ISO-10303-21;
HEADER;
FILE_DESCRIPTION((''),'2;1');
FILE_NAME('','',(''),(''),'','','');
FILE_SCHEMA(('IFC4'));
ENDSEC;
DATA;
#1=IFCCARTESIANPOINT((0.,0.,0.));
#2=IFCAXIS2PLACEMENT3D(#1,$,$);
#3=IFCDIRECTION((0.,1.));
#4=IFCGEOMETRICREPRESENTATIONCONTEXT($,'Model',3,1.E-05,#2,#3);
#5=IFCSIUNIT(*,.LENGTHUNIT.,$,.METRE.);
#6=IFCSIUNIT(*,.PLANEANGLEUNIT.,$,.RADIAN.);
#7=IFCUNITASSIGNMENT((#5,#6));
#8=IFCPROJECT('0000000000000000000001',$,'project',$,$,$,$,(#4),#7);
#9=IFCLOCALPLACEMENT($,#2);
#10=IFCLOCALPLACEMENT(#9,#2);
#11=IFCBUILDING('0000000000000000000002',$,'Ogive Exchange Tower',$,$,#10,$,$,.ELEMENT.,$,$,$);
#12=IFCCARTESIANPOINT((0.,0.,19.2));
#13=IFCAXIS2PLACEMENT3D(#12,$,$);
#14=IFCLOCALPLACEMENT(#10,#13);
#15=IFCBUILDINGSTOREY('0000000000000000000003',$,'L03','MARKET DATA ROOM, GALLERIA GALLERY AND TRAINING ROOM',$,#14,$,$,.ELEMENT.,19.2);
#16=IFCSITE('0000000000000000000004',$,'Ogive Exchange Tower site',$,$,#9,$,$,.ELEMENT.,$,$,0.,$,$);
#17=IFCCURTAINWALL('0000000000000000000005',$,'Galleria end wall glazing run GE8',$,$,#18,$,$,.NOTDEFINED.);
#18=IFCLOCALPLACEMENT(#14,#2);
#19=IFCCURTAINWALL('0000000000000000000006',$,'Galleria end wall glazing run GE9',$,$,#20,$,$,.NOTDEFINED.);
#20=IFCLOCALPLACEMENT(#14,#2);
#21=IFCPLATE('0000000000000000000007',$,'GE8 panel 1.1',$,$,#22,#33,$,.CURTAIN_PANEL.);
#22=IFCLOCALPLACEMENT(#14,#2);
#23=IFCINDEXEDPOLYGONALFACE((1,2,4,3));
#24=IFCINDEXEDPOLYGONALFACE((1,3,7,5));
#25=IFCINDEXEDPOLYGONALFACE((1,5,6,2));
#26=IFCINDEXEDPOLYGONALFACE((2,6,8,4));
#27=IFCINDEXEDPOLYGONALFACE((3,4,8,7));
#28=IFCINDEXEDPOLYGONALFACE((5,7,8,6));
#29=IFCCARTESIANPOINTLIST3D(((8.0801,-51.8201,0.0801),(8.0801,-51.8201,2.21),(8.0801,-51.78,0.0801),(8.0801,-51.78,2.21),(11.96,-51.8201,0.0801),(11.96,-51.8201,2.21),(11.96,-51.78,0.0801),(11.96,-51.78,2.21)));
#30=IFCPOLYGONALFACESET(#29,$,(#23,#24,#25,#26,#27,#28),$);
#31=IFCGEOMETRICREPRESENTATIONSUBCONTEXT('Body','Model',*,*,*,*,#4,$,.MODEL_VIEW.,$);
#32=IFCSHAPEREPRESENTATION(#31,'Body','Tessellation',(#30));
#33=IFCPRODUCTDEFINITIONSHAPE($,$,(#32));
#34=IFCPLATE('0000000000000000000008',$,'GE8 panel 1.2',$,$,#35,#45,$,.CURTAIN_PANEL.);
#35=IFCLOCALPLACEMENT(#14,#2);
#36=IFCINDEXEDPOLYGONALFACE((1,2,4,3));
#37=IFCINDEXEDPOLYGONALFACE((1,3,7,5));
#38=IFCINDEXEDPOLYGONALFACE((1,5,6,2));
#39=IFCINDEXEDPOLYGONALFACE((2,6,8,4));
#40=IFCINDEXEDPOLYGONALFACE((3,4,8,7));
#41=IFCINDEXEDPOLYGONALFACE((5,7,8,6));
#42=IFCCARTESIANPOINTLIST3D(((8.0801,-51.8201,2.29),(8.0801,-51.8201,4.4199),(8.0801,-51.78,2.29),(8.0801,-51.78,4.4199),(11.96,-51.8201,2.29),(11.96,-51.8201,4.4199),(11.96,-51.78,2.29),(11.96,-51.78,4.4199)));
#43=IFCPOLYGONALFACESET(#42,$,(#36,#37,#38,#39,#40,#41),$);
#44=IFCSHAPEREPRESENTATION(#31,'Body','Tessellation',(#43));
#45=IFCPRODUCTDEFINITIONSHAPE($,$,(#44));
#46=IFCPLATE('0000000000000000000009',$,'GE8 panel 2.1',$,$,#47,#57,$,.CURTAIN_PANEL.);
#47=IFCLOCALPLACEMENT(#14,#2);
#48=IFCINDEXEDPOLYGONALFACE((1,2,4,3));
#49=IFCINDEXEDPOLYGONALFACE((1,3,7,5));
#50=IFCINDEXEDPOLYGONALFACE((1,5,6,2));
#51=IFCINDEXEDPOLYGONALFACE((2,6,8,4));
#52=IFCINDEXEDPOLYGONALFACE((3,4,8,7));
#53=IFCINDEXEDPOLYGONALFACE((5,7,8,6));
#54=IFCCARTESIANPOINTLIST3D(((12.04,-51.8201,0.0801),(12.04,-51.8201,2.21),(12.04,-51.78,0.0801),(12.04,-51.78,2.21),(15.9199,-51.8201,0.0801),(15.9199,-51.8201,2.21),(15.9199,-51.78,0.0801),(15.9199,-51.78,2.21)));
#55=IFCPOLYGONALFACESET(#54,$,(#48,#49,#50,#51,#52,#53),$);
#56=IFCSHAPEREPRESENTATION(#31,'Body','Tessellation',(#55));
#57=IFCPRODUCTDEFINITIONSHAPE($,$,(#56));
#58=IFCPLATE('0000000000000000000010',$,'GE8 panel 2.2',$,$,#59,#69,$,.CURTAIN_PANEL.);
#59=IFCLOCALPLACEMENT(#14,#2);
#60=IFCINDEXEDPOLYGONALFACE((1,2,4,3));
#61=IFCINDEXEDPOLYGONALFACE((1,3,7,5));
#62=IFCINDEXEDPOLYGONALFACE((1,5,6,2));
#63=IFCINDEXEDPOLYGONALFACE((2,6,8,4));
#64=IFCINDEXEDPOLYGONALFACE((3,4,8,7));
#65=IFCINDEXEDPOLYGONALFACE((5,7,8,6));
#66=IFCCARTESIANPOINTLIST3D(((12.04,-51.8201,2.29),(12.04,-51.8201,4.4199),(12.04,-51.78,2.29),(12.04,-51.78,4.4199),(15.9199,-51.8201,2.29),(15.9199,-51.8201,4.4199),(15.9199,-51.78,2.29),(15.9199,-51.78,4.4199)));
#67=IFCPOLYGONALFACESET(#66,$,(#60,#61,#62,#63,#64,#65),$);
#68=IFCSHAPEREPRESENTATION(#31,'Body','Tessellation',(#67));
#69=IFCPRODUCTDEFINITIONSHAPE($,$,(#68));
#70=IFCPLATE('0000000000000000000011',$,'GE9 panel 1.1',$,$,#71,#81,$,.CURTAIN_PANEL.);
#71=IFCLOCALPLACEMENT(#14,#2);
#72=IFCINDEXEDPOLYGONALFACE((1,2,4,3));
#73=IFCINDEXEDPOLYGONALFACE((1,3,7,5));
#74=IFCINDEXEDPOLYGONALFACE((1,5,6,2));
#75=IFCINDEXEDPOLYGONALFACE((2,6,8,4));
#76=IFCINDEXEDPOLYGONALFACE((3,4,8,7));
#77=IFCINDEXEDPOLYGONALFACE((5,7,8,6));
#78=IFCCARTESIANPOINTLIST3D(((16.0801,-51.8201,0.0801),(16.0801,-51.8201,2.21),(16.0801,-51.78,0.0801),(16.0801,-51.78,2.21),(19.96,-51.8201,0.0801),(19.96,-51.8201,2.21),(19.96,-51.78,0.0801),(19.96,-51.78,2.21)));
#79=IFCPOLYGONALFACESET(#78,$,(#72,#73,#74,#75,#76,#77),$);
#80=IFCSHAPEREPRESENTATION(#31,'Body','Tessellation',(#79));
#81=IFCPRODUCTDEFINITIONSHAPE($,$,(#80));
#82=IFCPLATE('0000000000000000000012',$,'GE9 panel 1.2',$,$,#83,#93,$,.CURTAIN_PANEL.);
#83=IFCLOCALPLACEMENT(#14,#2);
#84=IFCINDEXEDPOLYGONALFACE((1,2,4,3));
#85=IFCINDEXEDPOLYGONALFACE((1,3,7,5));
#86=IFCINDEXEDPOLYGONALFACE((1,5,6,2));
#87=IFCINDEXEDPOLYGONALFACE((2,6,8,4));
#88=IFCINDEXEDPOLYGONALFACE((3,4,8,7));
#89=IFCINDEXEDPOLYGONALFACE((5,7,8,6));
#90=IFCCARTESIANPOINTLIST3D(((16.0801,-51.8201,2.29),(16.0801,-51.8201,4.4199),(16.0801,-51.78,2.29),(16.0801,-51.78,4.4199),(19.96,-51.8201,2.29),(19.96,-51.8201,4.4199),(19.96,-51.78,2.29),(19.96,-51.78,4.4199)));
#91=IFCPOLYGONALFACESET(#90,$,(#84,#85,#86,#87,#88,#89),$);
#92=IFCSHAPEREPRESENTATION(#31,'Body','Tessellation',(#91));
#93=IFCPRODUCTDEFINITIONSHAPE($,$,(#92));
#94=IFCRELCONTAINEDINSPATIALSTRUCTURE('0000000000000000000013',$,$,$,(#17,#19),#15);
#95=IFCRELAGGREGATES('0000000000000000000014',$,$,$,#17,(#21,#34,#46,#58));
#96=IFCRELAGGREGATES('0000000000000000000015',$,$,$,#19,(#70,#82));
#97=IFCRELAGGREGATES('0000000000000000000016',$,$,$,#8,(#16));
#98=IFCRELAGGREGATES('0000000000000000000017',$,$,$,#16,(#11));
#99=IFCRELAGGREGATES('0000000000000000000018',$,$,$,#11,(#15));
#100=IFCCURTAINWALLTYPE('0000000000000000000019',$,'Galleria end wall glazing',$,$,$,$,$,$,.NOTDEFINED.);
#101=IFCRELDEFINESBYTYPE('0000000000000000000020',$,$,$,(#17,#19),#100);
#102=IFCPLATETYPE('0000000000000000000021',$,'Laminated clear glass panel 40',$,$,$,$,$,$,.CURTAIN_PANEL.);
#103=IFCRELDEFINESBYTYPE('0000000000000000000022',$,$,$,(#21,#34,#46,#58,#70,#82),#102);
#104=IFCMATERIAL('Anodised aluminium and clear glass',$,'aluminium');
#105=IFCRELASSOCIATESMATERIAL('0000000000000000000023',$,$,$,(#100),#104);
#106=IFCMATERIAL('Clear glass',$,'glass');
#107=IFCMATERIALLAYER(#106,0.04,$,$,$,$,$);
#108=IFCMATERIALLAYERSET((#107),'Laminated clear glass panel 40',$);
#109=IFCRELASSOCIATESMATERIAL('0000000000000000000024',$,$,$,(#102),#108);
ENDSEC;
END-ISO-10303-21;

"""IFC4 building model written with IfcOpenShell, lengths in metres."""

from ifc_helpers import new_model, si_unit, direction, frame, origin, origin_2d, place, context, subcontext, project, spatial, rectangle, extrude, material, layer, layer_set, type_object, element, aggregate, save


model = new_model("IFC4")

# Units and contexts
model_context = context("Model", 3, precision=1e-05, world=origin(), true_north=direction((0.0, 1.0)))
body_context = subcontext(model_context, "Body", "Model", "MODEL_VIEW")
ifc_project = project(units=[si_unit("LENGTHUNIT", "METRE"), si_unit("PLANEANGLEUNIT", "RADIAN")], contexts=[model_context])

# Site, building, storey
site_placement = place(None, origin())
site = spatial("IfcSite", under=ifc_project, at=site_placement, Name="Ogive Exchange Tower site", CompositionType="ELEMENT", RefElevation=0.0)
building_placement = place(site_placement, origin())
building = spatial("IfcBuilding", under=site, at=building_placement, Name="Ogive Exchange Tower", CompositionType="ELEMENT")
storey_placement = place(building_placement, frame((0.0, 0.0, 19.2)))
storey = spatial("IfcBuildingStorey", under=building, at=storey_placement, Name="L03", Description="MARKET DATA ROOM, GALLERIA GALLERY AND TRAINING ROOM", CompositionType="ELEMENT", Elevation=19.2)

# Curtain walls
ifc_material_1 = material(Name="Anodised aluminium and clear glass", Category="aluminium")
curtain_wall_type = type_object("IfcCurtainWallType", Name="Galleria end wall glazing", PredefinedType="NOTDEFINED", material=ifc_material_1)
curtain_wall_1_placement = place(storey_placement, origin())
curtain_wall_1 = element("IfcCurtainWall", 1, at=curtain_wall_1_placement, inside=storey, type_object=curtain_wall_type, Name="Galleria end wall glazing run GE8", PredefinedType="NOTDEFINED")
curtain_wall_2_placement = place(storey_placement, origin())
curtain_wall_2 = element("IfcCurtainWall", 2, at=curtain_wall_2_placement, inside=storey, type_object=curtain_wall_type, Name="Galleria end wall glazing run GE9", PredefinedType="NOTDEFINED")

# Plates
ifc_material_2 = material(Name="Clear glass", Category="glass")
ifc_layer = layer(ifc_material_2, 0.04)
ifc_layer_set = layer_set([ifc_layer], Name="Laminated clear glass panel 40")
plate_type = type_object("IfcPlateType", Name="Laminated clear glass panel 40", PredefinedType="CURTAIN_PANEL", material=ifc_layer_set)
plate_1_placement = place(storey_placement, frame((10.02, -51.8, 0.0801), z_axis=(0.0, 0.0, 1.0), x_axis=(1.0, 0.0, 0.0)))
plate_1 = element("IfcPlate", 3, at=plate_1_placement, type_object=plate_type, Name="GE8 panel 1.1", PredefinedType="CURTAIN_PANEL", context=body_context, shape_type="SweptSolid", body=[
    extrude(rectangle(XDim=3.8799, YDim=0.04, at=origin_2d()), origin(), (0.0, 0.0, 1.0), 2.1299),
])
plate_2_placement = place(storey_placement, frame((10.02, -51.8, 2.29), z_axis=(0.0, 0.0, 1.0), x_axis=(1.0, 0.0, 0.0)))
plate_2 = element("IfcPlate", 4, at=plate_2_placement, type_object=plate_type, Name="GE8 panel 1.2", PredefinedType="CURTAIN_PANEL", context=body_context, shape_type="SweptSolid", body=[
    extrude(rectangle(XDim=3.8799, YDim=0.04, at=origin_2d()), origin(), (0.0, 0.0, 1.0), 2.1299),
])
plate_3_placement = place(storey_placement, frame((13.98, -51.8, 0.0801), z_axis=(0.0, 0.0, 1.0), x_axis=(1.0, 0.0, 0.0)))
plate_3 = element("IfcPlate", 5, at=plate_3_placement, type_object=plate_type, Name="GE8 panel 2.1", PredefinedType="CURTAIN_PANEL", context=body_context, shape_type="SweptSolid", body=[
    extrude(rectangle(XDim=3.8799, YDim=0.04, at=origin_2d()), origin(), (0.0, 0.0, 1.0), 2.1299),
])
plate_4_placement = place(storey_placement, frame((13.98, -51.8, 2.29), z_axis=(0.0, 0.0, 1.0), x_axis=(1.0, 0.0, 0.0)))
plate_4 = element("IfcPlate", 6, at=plate_4_placement, type_object=plate_type, Name="GE8 panel 2.2", PredefinedType="CURTAIN_PANEL", context=body_context, shape_type="SweptSolid", body=[
    extrude(rectangle(XDim=3.8799, YDim=0.04, at=origin_2d()), origin(), (0.0, 0.0, 1.0), 2.1299),
])
aggregate(curtain_wall_1, [plate_1, plate_2, plate_3, plate_4])
plate_5_placement = place(storey_placement, frame((18.02, -51.8, 0.0801), z_axis=(0.0, 0.0, 1.0), x_axis=(1.0, 0.0, 0.0)))
plate_5 = element("IfcPlate", 7, at=plate_5_placement, type_object=plate_type, Name="GE9 panel 1.1", PredefinedType="CURTAIN_PANEL", context=body_context, shape_type="SweptSolid", body=[
    extrude(rectangle(XDim=3.8799, YDim=0.04, at=origin_2d()), origin(), (0.0, 0.0, 1.0), 2.1299),
])
plate_6_placement = place(storey_placement, frame((18.02, -51.8, 2.29), z_axis=(0.0, 0.0, 1.0), x_axis=(1.0, 0.0, 0.0)))
plate_6 = element("IfcPlate", 8, at=plate_6_placement, type_object=plate_type, Name="GE9 panel 1.2", PredefinedType="CURTAIN_PANEL", context=body_context, shape_type="SweptSolid", body=[
    extrude(rectangle(XDim=3.8799, YDim=0.04, at=origin_2d()), origin(), (0.0, 0.0, 1.0), 2.1299),
])
aggregate(curtain_wall_2, [plate_5, plate_6])

save(model, "model.ifc")
